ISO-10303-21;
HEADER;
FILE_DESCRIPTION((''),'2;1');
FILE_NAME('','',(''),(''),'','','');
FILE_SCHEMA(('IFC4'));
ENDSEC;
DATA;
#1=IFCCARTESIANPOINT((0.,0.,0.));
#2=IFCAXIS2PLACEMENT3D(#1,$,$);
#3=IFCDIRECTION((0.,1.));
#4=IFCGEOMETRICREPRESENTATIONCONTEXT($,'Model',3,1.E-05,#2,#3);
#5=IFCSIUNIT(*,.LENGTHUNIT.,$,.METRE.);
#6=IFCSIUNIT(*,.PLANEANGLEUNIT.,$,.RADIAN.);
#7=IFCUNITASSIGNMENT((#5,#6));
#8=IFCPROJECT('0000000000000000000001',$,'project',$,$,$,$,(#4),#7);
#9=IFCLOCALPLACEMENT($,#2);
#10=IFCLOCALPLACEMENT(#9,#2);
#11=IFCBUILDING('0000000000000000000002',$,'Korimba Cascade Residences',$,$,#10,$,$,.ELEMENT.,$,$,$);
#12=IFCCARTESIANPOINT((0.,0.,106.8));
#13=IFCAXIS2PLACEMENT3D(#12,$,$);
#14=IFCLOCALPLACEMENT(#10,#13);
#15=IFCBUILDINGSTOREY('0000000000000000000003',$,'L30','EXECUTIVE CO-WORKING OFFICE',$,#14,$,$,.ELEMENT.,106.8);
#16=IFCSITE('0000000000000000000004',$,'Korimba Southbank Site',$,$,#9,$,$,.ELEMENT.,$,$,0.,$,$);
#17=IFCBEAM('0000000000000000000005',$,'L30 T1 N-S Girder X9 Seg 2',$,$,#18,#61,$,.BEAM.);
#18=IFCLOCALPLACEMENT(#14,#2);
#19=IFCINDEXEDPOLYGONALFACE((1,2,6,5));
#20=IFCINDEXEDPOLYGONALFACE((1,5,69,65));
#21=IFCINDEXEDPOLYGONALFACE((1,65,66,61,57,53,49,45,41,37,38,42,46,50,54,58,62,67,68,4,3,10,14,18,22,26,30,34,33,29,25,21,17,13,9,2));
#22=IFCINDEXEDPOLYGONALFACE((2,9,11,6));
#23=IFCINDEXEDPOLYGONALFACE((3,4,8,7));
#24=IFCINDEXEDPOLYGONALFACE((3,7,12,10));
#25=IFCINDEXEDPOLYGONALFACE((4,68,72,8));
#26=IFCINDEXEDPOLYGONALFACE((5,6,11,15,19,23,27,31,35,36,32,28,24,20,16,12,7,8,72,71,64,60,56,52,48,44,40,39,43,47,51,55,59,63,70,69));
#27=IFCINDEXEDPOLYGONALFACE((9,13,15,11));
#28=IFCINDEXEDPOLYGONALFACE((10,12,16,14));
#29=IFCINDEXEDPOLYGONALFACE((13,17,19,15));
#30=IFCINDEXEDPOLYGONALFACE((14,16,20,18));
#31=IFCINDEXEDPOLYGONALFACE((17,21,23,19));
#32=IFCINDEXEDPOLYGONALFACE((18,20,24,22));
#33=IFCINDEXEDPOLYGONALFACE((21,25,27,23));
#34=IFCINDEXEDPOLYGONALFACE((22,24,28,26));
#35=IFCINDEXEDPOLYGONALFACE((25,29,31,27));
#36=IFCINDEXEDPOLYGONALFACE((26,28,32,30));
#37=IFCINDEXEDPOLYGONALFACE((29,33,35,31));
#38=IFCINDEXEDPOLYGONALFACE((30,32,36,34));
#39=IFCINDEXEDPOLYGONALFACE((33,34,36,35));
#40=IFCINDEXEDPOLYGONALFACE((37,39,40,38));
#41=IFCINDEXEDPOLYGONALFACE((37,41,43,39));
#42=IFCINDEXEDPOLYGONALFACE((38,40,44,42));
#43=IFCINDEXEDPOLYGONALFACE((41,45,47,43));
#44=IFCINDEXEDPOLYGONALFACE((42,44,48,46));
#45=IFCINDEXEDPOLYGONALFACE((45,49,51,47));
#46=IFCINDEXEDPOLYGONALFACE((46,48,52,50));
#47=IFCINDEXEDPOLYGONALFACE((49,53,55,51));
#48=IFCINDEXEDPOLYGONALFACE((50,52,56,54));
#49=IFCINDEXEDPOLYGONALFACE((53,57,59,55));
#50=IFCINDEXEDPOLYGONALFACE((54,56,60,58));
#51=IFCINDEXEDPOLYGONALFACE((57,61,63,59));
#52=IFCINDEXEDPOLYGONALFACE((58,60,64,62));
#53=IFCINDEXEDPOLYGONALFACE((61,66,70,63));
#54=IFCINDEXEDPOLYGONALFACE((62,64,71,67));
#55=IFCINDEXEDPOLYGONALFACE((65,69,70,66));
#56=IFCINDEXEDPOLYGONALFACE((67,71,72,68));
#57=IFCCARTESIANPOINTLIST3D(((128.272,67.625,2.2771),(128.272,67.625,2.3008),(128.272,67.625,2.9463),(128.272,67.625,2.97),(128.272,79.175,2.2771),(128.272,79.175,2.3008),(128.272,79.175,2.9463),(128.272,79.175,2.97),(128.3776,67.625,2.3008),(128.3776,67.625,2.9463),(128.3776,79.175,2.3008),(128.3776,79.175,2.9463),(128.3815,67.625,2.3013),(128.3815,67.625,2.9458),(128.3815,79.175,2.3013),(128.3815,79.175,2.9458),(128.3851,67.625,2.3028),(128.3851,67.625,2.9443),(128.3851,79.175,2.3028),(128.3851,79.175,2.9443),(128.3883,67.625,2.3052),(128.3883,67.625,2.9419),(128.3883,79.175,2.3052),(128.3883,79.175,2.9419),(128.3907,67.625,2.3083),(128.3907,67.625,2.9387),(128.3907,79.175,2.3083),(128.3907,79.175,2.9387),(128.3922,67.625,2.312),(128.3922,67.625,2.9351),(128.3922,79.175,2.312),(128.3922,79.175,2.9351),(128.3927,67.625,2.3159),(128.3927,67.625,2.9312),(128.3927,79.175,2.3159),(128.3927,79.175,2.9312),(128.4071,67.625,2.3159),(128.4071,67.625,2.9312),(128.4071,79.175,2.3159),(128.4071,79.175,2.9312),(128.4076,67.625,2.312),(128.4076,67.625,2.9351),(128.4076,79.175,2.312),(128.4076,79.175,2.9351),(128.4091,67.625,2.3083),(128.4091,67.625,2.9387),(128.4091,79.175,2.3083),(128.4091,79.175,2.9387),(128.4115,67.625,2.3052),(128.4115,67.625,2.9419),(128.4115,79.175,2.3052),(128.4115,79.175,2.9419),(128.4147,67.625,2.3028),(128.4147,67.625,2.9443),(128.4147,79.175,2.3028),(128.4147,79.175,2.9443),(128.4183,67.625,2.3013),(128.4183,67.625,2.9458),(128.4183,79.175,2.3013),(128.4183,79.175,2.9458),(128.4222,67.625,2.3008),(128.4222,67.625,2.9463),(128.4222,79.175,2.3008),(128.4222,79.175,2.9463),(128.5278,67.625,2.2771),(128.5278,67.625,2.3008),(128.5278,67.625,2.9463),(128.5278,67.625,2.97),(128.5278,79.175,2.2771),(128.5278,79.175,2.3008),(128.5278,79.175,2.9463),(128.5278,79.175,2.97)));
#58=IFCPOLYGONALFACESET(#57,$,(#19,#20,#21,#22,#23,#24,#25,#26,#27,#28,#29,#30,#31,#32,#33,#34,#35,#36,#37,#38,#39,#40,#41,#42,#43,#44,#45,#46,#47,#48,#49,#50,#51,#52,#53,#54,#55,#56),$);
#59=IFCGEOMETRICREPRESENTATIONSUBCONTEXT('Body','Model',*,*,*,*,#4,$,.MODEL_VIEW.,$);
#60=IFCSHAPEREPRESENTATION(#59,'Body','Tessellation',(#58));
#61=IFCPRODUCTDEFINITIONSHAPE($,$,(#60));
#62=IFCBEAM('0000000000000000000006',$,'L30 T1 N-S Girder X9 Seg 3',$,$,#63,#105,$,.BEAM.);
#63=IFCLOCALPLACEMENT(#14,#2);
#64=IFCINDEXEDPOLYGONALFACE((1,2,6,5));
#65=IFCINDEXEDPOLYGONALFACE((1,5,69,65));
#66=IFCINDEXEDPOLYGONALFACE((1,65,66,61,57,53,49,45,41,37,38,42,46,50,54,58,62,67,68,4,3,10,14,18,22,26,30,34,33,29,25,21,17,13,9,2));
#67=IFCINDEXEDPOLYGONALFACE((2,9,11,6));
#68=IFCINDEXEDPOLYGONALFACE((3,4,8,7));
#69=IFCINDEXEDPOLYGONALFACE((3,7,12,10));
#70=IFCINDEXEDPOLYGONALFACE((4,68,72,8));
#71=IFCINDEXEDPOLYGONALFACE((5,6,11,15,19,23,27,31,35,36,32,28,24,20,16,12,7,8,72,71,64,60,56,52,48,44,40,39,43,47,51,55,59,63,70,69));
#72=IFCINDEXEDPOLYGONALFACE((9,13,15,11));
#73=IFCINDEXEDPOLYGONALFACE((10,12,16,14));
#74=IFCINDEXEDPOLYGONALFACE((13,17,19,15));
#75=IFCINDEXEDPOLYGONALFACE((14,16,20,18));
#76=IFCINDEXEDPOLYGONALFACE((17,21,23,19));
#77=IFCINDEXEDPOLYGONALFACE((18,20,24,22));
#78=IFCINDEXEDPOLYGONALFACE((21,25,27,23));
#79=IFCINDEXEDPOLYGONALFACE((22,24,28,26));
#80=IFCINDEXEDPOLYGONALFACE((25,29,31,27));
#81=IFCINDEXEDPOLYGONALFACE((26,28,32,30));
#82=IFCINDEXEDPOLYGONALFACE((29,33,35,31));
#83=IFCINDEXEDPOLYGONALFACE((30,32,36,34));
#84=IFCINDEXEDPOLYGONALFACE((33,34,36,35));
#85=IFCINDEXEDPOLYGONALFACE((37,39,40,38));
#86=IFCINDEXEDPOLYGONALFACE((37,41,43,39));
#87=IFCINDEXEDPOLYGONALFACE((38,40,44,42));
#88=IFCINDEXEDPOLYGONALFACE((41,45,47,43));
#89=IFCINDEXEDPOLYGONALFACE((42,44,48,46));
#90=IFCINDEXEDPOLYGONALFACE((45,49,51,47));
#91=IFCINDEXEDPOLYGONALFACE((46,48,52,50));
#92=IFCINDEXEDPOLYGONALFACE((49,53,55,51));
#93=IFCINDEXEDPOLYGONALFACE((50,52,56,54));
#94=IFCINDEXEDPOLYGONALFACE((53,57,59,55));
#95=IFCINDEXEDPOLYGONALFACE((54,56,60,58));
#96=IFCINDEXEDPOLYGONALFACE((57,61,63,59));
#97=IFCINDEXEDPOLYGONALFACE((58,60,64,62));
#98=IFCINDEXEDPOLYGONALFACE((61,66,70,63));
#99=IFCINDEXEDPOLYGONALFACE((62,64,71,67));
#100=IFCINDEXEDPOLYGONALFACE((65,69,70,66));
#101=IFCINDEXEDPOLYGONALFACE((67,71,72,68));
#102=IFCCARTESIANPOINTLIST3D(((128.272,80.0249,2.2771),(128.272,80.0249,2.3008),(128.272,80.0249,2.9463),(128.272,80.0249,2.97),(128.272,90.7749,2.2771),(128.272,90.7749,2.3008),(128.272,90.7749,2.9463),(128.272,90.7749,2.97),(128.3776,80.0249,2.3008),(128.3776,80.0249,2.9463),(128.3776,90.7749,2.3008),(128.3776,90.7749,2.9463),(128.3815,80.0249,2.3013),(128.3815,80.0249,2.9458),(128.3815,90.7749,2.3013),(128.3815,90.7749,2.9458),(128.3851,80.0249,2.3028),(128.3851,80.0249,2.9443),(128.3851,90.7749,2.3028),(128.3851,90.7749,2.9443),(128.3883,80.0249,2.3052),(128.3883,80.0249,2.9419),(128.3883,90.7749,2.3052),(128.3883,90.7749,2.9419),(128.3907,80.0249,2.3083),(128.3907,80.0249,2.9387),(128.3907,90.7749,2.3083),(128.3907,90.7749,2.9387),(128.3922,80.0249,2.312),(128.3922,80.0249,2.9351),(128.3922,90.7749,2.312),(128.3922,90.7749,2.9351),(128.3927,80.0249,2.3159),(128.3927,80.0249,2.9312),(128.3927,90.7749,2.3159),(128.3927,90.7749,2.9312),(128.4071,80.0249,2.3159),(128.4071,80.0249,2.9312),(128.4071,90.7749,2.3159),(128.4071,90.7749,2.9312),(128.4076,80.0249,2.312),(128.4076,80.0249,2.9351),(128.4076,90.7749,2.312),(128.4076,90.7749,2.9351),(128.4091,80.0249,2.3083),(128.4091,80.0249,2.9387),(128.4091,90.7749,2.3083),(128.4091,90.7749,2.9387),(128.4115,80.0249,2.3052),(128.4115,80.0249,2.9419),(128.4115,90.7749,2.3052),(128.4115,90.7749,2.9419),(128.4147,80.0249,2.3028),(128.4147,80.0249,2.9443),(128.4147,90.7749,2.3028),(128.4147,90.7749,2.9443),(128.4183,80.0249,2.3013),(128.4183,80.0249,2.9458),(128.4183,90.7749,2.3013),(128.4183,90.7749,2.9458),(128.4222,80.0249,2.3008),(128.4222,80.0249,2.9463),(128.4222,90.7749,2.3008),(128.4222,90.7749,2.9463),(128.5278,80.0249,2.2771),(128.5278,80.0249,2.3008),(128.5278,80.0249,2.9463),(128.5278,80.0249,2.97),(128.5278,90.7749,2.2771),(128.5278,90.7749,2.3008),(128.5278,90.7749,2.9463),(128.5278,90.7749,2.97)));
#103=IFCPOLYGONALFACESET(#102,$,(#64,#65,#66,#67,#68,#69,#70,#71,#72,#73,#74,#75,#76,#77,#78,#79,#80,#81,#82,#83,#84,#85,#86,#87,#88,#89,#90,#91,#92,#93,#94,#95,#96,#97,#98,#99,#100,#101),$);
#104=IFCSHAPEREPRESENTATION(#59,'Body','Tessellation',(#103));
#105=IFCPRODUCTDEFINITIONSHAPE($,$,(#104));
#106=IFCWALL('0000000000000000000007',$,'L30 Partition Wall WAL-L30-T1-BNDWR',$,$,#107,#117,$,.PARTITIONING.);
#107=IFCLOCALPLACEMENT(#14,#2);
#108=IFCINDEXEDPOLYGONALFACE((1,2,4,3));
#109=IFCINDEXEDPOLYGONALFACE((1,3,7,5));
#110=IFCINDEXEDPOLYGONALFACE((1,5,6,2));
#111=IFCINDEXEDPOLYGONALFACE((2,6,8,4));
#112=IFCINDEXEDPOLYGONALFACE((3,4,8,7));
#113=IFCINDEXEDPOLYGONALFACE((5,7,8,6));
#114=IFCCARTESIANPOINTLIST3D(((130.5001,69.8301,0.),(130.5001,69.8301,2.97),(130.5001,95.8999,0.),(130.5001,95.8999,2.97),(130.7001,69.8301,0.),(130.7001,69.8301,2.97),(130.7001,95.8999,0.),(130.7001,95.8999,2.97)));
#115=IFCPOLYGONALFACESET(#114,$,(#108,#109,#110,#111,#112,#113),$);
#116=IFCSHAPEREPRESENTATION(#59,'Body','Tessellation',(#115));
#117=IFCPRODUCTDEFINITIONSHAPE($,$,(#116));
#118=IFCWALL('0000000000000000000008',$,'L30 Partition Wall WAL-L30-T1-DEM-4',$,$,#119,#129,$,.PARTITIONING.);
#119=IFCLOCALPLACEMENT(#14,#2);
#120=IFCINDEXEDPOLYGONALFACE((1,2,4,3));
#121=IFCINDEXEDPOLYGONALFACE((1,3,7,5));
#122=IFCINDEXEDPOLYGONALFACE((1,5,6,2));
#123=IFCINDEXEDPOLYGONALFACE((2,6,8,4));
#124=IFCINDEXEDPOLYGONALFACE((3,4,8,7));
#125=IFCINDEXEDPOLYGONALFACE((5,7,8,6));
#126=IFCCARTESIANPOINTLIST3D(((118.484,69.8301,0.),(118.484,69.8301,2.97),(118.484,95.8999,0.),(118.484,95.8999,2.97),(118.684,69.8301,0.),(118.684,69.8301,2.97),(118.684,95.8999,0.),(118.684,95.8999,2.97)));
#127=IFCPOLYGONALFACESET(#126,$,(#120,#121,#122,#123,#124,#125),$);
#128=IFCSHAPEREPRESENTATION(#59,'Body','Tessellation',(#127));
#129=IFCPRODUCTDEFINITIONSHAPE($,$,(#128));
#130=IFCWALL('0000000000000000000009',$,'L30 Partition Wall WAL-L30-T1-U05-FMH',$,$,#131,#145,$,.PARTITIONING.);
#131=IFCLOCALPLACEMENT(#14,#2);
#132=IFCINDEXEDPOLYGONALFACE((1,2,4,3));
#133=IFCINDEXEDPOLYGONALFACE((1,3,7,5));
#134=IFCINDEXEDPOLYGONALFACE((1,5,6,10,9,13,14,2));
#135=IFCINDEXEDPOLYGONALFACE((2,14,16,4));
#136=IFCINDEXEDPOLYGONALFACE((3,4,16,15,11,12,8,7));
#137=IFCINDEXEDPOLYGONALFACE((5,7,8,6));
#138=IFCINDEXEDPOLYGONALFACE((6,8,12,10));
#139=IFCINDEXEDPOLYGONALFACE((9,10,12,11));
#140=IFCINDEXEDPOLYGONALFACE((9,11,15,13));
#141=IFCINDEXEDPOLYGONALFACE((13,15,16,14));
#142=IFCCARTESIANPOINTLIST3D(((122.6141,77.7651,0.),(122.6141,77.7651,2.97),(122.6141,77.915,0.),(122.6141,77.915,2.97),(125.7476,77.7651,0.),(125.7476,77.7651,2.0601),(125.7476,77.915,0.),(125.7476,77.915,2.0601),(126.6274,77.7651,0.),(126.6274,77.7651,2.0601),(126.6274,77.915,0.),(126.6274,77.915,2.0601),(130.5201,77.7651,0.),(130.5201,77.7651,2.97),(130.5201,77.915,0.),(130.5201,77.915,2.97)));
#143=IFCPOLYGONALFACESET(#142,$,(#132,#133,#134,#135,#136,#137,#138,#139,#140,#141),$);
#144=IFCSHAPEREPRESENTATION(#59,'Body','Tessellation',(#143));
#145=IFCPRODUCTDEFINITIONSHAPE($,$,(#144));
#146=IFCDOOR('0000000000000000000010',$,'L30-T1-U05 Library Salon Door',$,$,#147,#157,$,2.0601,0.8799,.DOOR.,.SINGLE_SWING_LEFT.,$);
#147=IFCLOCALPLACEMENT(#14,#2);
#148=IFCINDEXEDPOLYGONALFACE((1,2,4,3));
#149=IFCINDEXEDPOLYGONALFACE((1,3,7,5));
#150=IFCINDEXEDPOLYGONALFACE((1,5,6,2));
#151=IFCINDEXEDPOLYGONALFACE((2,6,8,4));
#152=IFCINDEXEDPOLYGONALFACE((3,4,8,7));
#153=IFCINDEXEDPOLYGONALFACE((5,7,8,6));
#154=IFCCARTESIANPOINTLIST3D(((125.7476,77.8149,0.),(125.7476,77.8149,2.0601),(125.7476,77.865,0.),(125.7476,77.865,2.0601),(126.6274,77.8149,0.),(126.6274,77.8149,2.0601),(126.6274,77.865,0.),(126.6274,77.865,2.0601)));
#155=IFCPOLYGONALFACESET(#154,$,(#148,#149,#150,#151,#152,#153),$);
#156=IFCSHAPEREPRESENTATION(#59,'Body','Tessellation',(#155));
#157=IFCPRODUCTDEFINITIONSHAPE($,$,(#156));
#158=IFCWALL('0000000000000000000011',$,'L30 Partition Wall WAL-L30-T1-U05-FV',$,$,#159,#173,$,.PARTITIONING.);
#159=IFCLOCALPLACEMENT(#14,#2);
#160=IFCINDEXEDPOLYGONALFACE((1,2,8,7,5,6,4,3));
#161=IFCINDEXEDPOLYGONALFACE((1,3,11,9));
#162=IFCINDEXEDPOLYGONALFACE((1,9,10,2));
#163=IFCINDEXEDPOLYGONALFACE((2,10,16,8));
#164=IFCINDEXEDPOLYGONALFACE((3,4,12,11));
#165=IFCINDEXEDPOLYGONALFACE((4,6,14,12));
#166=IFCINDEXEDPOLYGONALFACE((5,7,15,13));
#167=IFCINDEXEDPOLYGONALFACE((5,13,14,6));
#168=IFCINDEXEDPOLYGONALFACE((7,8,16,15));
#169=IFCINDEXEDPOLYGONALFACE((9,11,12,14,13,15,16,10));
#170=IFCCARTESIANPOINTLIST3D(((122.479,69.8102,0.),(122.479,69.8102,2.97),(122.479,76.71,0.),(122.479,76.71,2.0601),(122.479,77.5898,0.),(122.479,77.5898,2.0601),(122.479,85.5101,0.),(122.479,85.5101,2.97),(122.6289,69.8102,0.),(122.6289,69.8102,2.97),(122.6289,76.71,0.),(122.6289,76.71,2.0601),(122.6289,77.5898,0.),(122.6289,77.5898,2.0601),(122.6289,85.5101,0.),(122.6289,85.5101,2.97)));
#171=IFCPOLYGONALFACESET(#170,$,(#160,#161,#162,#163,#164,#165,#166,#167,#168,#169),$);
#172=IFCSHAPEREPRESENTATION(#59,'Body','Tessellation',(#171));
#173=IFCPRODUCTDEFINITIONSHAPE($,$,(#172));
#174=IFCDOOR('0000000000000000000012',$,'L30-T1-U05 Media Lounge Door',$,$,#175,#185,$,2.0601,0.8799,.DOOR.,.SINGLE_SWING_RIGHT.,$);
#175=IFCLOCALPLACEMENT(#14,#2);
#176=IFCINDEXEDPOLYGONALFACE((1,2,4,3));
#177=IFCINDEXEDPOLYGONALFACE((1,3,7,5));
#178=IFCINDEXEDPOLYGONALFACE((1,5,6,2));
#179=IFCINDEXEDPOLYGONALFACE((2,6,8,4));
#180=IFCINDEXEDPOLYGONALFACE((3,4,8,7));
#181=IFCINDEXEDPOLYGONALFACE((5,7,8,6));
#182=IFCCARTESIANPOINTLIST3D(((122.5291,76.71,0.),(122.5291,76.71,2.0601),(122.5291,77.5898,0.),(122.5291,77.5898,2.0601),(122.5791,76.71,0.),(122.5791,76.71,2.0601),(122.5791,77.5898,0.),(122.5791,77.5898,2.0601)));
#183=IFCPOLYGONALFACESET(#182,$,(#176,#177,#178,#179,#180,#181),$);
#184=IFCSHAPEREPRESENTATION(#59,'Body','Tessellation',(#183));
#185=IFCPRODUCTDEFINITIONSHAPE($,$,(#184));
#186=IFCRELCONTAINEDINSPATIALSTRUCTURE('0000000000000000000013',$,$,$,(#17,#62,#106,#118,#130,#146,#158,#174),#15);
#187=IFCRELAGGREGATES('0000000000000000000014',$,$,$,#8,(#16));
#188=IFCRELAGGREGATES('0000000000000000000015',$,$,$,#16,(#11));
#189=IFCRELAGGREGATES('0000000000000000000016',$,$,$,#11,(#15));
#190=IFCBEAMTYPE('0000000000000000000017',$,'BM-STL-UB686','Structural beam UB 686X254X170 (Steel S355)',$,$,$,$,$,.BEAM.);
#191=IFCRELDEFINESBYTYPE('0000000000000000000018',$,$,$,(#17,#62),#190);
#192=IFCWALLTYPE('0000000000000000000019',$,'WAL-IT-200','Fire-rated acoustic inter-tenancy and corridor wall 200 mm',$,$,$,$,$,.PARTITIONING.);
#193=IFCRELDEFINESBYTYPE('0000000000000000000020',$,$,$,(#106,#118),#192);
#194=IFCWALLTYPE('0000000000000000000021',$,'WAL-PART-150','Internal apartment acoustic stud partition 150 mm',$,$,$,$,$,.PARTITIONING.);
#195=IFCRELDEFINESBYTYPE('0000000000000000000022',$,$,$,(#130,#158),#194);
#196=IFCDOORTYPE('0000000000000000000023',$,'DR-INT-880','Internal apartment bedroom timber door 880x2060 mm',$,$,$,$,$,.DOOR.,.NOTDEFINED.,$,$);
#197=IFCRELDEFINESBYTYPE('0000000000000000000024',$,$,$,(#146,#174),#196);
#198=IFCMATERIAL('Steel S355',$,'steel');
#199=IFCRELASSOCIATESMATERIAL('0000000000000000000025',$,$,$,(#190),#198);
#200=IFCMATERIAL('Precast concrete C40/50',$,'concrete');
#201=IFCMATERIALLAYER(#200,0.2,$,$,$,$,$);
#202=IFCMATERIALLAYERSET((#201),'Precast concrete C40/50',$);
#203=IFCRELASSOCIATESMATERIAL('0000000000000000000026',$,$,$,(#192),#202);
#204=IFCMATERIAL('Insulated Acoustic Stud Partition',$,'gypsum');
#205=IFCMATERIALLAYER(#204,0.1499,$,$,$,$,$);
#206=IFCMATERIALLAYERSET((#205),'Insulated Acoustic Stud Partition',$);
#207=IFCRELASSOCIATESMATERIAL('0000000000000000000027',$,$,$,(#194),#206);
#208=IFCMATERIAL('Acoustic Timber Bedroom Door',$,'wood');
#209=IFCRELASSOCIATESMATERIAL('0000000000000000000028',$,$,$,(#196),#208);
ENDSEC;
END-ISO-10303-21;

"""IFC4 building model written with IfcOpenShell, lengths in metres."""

from ifc_helpers import new_model, si_unit, direction, frame, frame_2d, origin, origin_2d, place, context, subcontext, project, spatial, rectangle, i_section, extrude, material, layer, layer_set, material_profile, profile_set, type_object, element, fill, save


model = new_model("IFC4")

# Units and contexts
model_context = context("Model", 3, precision=1e-05, world=origin(), true_north=direction((0.0, 1.0)))
body_context = subcontext(model_context, "Body", "Model", "MODEL_VIEW")
ifc_project = project(units=[si_unit("LENGTHUNIT", "METRE"), si_unit("PLANEANGLEUNIT", "RADIAN")], contexts=[model_context])

# Site, building, storey
site_placement = place(None, origin())
site = spatial("IfcSite", under=ifc_project, at=site_placement, Name="Korimba Southbank Site", CompositionType="ELEMENT", RefElevation=0.0)
building_placement = place(site_placement, origin())
building = spatial("IfcBuilding", under=site, at=building_placement, Name="Korimba Cascade Residences", CompositionType="ELEMENT")
storey_placement = place(building_placement, frame((0.0, 0.0, 106.8)))
storey = spatial("IfcBuildingStorey", under=building, at=storey_placement, Name="L30", Description="EXECUTIVE CO-WORKING OFFICE", CompositionType="ELEMENT", Elevation=106.8)

# Beams
ifc_material_1 = material(Name="Steel S355", Category="steel")
ifc_material_profile_1 = material_profile(ifc_material_1, i_section(OverallWidth=0.2559, OverallDepth=0.6929, WebThickness=0.0144, FlangeThickness=0.0237, FilletRadius=0.0151, at=origin_2d()), Name="Steel S355")
ifc_profile_set_1 = profile_set([ifc_material_profile_1], Name="Steel S355")
beam_type_1 = type_object("IfcBeamType", Name="BM-STL-UB686", Description="Structural beam UB 686X254X170 (Steel S355)", PredefinedType="BEAM", material=ifc_profile_set_1)
beam_1_placement = place(storey_placement, frame((128.3999, 67.625, 2.6235), z_axis=(0.0, 1.0, 0.0), x_axis=(-1.0, 0.0, 0.0)))
element("IfcBeam", 1, at=beam_1_placement, inside=storey, type_object=beam_type_1, Name="L30 T1 N-S Girder X9 Seg 2", PredefinedType="BEAM", context=body_context, shape_type="SweptSolid", body=[
    extrude(i_section(OverallWidth=0.2559, OverallDepth=0.6929, WebThickness=0.0144, FlangeThickness=0.0237, FilletRadius=0.0151, at=origin_2d()), origin(), (0.0, 0.0, 1.0), 11.55),
])
beam_2_placement = place(storey_placement, frame((128.3999, 80.0249, 2.6235), z_axis=(0.0, 1.0, 0.0), x_axis=(-1.0, 0.0, 0.0)))
element("IfcBeam", 2, at=beam_2_placement, inside=storey, type_object=beam_type_1, Name="L30 T1 N-S Girder X9 Seg 3", PredefinedType="BEAM", context=body_context, shape_type="SweptSolid", body=[
    extrude(i_section(OverallWidth=0.2559, OverallDepth=0.6929, WebThickness=0.0144, FlangeThickness=0.0237, FilletRadius=0.0151, at=origin_2d()), origin(), (0.0, 0.0, 1.0), 10.75),
])

# Walls
ifc_material_2 = material(Name="Precast concrete C40/50", Category="concrete")
ifc_layer_1 = layer(ifc_material_2, 0.2)
ifc_layer_set_1 = layer_set([ifc_layer_1], Name="Precast concrete C40/50")
wall_type_1 = type_object("IfcWallType", Name="WAL-IT-200", Description="Fire-rated acoustic inter-tenancy and corridor wall 200 mm", PredefinedType="PARTITIONING", material=ifc_layer_set_1)
for number, where, z_axis, x_axis, name in (
    (3, (130.6001, 69.8301, 0.0), (0.0, 0.0, 1.0), (0.0, 1.0, 0.0), "L30 Partition Wall WAL-L30-T1-BNDWR"),
    (4, (118.584, 69.8301, 0.0), (0.0, 0.0, 1.0), (0.0, 1.0, 0.0), "L30 Partition Wall WAL-L30-T1-DEM-4"),
):
    element("IfcWall", number, at=place(storey_placement, frame(where, z_axis=z_axis, x_axis=x_axis)), inside=storey, type_object=wall_type_1, Name=name, PredefinedType="PARTITIONING", context=body_context, shape_type="SweptSolid", body=[
        extrude(rectangle(XDim=26.0698, YDim=0.2, at=frame_2d((13.0349, 0.0))), origin(), (0.0, 0.0, 1.0), 2.97),
    ])

# Walls, openings, doors
ifc_material_3 = material(Name="Insulated Acoustic Stud Partition", Category="gypsum")
ifc_layer_2 = layer(ifc_material_3, 0.1499)
ifc_layer_set_2 = layer_set([ifc_layer_2], Name="Insulated Acoustic Stud Partition")
wall_type_2 = type_object("IfcWallType", Name="WAL-PART-150", Description="Internal apartment acoustic stud partition 150 mm", PredefinedType="PARTITIONING", material=ifc_layer_set_2)
wall_1_placement = place(storey_placement, frame((122.614, 77.8401, 0.0), z_axis=(0.0, 0.0, 1.0), x_axis=(1.0, 0.0, 0.0)))
wall_1 = element("IfcWall", 5, at=wall_1_placement, inside=storey, type_object=wall_type_2, Name="L30 Partition Wall WAL-L30-T1-U05-FMH", PredefinedType="PARTITIONING", context=body_context, shape_type="SweptSolid", body=[
    extrude(rectangle(XDim=7.906, YDim=0.1499, at=frame_2d((3.9531, 0.0))), origin(), (0.0, 0.0, 1.0), 2.97),
])
opening_1_placement = place(wall_1_placement, frame((3.1335, 0.0, 0.0)))
opening_1 = element("IfcOpeningElement", 6, at=opening_1_placement, cuts=wall_1, PredefinedType="OPENING", context=body_context, shape_type="SweptSolid", body=[
    extrude(rectangle(XDim=0.8799, YDim=2.0601, at=frame_2d((0.4399, 1.03))), frame((0.0, 0.085, 0.0), z_axis=(0.0, -1.0, 0.0), x_axis=(1.0, 0.0, 0.0)), (0.0, 0.0, 1.0), 0.1699),
])
ifc_material_4 = material(Name="Acoustic Timber Bedroom Door", Category="wood")
door_type_1 = type_object("IfcDoorType", Name="DR-INT-880", Description="Internal apartment bedroom timber door 880x2060 mm", OperationType="NOTDEFINED", PredefinedType="DOOR", material=ifc_material_4)
door_1_placement = place(opening_1_placement, origin())
door_1 = element("IfcDoor", 7, at=door_1_placement, inside=storey, type_object=door_type_1, Name="L30-T1-U05 Library Salon Door", OperationType="SINGLE_SWING_LEFT", OverallHeight=2.0601, OverallWidth=0.8799, PredefinedType="DOOR", context=body_context, shape_type="SweptSolid", body=[
    extrude(rectangle(XDim=0.8799, YDim=2.0601, at=frame_2d((0.4399, 1.03))), frame((0.0, 0.0249, 0.0), z_axis=(0.0, -1.0, 0.0), x_axis=(1.0, 0.0, 0.0)), (0.0, 0.0, 1.0), 0.05),
])
fill(opening_1, door_1)
wall_2_placement = place(storey_placement, frame((122.554, 69.8101, 0.0), z_axis=(0.0, 0.0, 1.0), x_axis=(0.0, 1.0, 0.0)))
wall_2 = element("IfcWall", 8, at=wall_2_placement, inside=storey, type_object=wall_type_2, Name="L30 Partition Wall WAL-L30-T1-U05-FV", PredefinedType="PARTITIONING", context=body_context, shape_type="SweptSolid", body=[
    extrude(rectangle(XDim=15.7, YDim=0.1499, at=frame_2d((7.8501, 0.0))), origin(), (0.0, 0.0, 1.0), 2.97),
])
opening_2_placement = place(wall_2_placement, frame((6.8999, 0.0, 0.0)))
opening_2 = element("IfcOpeningElement", 9, at=opening_2_placement, cuts=wall_2, PredefinedType="OPENING", context=body_context, shape_type="SweptSolid", body=[
    extrude(rectangle(XDim=0.8799, YDim=2.0601, at=frame_2d((0.4399, 1.03))), frame((0.0, 0.085, 0.0), z_axis=(0.0, -1.0, 0.0), x_axis=(1.0, 0.0, 0.0)), (0.0, 0.0, 1.0), 0.1699),
])
door_2_placement = place(opening_2_placement, origin())
door_2 = element("IfcDoor", 10, at=door_2_placement, inside=storey, type_object=door_type_1, Name="L30-T1-U05 Media Lounge Door", OperationType="SINGLE_SWING_RIGHT", OverallHeight=2.0601, OverallWidth=0.8799, PredefinedType="DOOR", context=body_context, shape_type="SweptSolid", body=[
    extrude(rectangle(XDim=0.8799, YDim=2.0601, at=frame_2d((0.4399, 1.03))), frame((0.0, 0.0249, 0.0), z_axis=(0.0, -1.0, 0.0), x_axis=(1.0, 0.0, 0.0)), (0.0, 0.0, 1.0), 0.05),
])
fill(opening_2, door_2)

save(model, "model.ifc")
